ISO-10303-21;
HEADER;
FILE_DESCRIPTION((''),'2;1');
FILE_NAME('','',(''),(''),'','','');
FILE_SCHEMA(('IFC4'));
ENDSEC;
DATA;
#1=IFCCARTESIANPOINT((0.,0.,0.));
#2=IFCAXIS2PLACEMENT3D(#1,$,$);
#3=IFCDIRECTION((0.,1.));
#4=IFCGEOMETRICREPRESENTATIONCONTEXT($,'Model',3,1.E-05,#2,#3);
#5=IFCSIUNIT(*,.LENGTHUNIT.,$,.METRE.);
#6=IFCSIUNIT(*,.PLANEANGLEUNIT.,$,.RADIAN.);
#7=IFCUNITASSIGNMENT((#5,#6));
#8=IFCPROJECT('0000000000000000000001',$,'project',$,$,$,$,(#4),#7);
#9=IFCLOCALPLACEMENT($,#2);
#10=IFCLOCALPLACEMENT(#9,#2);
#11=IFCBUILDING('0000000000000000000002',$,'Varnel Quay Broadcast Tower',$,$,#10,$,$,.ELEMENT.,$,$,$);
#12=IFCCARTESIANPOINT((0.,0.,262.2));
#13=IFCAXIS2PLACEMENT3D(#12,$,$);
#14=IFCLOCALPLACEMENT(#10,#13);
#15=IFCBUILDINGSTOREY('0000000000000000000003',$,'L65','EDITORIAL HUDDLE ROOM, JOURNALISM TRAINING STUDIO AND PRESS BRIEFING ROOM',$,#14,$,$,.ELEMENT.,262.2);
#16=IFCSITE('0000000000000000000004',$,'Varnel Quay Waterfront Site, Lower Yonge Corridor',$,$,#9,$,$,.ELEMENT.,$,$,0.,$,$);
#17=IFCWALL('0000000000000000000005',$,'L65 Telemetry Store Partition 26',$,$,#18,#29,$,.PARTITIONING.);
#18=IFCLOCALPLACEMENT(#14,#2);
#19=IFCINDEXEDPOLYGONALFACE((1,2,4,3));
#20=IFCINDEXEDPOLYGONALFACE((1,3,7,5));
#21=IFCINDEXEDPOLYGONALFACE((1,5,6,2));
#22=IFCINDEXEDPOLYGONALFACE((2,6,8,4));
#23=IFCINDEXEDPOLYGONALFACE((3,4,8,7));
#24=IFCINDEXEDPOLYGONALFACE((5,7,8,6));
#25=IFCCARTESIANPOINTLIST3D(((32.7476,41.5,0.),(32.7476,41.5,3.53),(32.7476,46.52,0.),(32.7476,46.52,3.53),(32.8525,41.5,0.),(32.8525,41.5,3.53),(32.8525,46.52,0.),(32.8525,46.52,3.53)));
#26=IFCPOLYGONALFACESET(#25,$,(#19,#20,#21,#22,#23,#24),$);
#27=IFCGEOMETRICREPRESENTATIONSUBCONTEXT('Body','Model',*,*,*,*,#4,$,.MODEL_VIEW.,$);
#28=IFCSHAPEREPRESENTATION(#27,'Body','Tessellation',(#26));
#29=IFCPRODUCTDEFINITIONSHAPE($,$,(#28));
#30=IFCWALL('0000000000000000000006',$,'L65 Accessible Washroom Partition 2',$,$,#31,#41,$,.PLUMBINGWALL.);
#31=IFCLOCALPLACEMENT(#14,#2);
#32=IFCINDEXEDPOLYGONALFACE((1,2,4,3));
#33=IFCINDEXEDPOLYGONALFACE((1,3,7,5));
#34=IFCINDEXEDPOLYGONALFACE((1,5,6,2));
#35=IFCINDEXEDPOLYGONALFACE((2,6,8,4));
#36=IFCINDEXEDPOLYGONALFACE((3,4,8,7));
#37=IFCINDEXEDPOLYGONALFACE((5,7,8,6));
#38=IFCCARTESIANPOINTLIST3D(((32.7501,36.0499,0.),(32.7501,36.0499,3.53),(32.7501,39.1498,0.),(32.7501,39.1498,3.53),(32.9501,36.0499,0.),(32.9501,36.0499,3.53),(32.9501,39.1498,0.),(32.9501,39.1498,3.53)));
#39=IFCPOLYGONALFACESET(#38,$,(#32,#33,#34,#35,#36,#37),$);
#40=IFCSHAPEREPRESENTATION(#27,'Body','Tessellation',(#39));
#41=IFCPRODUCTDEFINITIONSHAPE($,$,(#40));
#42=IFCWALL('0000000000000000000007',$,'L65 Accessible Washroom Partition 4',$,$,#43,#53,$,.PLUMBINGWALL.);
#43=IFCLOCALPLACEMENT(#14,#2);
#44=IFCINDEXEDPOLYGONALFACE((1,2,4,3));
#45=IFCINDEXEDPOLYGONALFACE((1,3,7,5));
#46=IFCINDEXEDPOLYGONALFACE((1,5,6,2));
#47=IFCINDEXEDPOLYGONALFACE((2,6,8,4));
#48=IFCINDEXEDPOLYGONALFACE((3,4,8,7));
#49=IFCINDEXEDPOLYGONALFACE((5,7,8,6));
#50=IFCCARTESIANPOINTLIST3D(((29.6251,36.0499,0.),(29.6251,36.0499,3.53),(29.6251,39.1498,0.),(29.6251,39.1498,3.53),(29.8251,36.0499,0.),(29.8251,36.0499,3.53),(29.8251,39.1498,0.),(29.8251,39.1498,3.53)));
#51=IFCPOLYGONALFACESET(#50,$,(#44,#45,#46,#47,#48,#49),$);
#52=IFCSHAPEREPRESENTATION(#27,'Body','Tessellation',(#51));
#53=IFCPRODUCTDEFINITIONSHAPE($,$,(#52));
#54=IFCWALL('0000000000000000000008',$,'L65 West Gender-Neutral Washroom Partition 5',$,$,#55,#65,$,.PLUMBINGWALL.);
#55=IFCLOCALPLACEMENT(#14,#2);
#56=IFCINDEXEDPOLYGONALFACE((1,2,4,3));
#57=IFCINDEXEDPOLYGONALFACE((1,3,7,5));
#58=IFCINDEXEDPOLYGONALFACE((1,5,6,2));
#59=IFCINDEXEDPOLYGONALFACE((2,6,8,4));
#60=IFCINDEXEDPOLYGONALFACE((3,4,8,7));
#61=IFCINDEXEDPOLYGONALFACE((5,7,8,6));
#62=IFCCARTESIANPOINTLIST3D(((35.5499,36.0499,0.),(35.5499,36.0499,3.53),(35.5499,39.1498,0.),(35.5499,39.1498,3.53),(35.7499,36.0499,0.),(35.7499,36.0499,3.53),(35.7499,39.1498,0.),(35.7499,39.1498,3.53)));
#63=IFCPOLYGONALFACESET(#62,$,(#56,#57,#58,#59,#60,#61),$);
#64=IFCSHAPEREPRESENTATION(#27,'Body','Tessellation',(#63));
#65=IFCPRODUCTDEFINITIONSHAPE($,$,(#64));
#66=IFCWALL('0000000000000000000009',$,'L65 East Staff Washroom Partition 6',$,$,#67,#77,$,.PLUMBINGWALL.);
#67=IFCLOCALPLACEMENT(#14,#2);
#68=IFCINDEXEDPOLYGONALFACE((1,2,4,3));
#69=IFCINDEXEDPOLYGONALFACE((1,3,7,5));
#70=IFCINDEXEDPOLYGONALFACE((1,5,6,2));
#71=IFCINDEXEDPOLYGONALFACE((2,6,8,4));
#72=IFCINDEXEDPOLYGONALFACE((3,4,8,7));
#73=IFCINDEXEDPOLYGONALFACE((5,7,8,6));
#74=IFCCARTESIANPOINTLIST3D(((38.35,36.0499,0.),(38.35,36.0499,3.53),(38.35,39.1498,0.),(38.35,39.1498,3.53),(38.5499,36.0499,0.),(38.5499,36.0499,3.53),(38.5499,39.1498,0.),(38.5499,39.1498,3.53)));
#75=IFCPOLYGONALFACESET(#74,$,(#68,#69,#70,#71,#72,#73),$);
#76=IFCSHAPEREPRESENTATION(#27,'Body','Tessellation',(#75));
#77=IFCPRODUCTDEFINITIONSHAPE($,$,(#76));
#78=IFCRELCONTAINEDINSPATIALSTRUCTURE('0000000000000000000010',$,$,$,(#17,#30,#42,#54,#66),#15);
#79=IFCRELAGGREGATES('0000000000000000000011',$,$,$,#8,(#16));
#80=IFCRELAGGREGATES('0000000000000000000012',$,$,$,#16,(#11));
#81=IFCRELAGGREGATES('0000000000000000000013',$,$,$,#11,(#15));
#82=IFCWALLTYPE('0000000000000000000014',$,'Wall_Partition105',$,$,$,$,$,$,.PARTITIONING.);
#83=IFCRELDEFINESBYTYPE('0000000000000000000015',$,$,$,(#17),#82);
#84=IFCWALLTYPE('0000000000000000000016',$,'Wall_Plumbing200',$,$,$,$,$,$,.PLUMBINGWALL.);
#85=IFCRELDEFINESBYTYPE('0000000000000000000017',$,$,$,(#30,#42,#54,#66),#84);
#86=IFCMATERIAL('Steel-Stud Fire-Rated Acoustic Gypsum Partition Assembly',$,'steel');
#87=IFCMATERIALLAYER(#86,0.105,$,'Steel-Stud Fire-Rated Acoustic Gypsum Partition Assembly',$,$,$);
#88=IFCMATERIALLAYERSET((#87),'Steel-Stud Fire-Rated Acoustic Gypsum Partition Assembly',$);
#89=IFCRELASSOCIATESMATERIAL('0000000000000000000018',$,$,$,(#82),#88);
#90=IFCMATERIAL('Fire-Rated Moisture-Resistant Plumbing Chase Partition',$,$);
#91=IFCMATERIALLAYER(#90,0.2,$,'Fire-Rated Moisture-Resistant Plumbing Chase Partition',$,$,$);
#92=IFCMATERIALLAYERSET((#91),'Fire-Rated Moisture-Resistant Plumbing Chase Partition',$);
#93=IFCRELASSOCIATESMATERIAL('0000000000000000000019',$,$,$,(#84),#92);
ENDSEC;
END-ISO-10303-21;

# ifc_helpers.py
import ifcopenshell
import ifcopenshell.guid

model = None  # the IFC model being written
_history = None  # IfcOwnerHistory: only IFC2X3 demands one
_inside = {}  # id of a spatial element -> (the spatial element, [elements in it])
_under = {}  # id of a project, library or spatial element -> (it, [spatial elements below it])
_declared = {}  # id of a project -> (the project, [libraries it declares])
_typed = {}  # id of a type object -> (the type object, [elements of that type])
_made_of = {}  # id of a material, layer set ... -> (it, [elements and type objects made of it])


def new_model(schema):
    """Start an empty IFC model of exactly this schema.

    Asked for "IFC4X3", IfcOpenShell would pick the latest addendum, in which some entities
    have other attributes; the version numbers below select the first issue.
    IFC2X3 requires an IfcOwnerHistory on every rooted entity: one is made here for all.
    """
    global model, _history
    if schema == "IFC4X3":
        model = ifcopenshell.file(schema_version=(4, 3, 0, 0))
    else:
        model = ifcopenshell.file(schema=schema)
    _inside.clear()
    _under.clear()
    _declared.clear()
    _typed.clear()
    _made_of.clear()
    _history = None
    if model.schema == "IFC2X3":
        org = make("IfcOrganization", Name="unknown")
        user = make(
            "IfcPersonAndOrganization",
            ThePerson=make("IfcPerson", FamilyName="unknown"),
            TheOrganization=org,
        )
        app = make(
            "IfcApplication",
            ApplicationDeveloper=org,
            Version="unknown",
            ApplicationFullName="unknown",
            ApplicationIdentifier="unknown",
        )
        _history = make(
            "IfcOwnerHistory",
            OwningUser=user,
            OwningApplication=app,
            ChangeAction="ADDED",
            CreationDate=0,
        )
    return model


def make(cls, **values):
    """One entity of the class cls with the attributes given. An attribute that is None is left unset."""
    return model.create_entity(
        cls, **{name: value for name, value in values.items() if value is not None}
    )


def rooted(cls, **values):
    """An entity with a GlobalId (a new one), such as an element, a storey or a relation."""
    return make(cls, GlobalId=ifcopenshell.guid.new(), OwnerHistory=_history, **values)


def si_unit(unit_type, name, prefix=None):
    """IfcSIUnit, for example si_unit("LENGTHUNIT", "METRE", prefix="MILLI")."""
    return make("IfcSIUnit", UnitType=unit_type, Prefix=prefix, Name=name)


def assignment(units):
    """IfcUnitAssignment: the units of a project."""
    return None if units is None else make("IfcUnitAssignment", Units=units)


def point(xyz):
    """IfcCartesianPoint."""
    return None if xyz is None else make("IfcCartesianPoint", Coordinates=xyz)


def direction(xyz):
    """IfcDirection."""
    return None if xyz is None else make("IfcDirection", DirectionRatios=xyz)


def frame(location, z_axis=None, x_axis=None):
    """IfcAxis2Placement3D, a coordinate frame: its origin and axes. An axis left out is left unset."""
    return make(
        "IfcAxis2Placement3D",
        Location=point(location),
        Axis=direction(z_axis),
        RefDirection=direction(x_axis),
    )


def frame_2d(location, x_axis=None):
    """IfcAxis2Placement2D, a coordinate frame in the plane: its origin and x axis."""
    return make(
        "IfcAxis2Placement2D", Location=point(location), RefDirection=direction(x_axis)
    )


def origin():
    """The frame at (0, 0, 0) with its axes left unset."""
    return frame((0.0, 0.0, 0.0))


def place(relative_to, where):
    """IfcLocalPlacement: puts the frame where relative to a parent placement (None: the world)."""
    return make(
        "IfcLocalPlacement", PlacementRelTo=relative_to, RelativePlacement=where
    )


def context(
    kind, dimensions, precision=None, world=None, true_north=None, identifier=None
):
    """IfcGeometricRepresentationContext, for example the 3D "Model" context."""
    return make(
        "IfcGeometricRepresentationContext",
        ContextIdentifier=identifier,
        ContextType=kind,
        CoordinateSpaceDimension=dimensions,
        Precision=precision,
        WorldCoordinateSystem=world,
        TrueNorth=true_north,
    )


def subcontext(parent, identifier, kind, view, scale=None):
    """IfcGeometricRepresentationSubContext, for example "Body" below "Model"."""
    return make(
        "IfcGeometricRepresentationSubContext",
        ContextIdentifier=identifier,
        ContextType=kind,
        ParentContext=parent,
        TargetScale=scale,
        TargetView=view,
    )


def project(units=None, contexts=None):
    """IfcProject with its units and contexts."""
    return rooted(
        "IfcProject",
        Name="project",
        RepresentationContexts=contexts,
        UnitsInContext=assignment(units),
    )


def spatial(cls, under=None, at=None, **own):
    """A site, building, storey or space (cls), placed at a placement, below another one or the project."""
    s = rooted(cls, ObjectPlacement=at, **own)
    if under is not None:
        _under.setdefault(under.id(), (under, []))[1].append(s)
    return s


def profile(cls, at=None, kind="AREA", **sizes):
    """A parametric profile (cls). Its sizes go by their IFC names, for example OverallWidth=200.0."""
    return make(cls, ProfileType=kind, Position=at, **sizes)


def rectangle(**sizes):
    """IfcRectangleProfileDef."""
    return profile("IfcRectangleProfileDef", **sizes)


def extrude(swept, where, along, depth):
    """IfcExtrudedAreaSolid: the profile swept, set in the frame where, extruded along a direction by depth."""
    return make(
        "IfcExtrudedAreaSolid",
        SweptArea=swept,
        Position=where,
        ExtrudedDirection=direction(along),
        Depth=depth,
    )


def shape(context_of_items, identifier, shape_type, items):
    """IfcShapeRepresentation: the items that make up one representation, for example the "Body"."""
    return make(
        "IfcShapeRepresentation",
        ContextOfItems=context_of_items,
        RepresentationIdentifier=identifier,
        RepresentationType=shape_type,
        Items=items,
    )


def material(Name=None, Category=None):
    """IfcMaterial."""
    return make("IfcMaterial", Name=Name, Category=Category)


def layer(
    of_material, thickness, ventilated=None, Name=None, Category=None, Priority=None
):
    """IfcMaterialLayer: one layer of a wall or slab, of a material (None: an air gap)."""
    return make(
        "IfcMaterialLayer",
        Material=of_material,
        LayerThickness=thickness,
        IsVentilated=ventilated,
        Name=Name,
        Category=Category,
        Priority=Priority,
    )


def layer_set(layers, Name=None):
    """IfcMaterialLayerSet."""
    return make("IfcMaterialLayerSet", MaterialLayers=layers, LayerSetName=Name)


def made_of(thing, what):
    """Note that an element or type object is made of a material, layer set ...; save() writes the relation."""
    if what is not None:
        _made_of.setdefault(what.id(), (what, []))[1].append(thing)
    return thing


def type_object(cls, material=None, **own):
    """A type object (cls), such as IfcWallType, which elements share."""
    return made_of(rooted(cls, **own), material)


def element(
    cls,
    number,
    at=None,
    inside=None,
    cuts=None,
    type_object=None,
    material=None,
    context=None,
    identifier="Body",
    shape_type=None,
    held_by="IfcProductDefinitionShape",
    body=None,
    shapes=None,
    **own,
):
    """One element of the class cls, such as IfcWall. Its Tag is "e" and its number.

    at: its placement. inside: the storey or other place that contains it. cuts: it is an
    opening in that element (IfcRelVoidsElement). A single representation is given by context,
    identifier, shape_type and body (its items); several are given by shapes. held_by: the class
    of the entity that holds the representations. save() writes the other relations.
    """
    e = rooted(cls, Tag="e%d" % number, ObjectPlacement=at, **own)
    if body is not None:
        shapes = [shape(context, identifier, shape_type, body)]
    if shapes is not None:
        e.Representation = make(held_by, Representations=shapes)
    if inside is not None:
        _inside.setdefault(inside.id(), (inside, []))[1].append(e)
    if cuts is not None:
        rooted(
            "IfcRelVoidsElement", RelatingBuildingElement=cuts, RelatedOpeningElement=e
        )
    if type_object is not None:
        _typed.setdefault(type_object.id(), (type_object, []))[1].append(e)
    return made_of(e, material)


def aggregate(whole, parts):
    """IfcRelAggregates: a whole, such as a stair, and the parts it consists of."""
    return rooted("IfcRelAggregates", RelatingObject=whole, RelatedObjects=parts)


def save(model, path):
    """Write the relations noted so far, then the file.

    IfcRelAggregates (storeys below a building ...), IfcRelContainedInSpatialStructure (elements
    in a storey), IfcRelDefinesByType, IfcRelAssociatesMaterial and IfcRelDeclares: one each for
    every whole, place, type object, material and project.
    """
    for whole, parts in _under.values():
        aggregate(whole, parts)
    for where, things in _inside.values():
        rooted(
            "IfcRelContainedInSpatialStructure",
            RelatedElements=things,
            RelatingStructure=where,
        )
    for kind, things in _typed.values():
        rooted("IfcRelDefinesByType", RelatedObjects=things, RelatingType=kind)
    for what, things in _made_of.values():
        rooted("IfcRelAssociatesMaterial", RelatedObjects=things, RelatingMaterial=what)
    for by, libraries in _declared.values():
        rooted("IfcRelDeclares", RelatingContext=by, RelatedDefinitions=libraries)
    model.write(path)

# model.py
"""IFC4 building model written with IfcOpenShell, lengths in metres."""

from ifc_helpers import new_model, si_unit, direction, frame, frame_2d, origin, place, context, subcontext, project, spatial, rectangle, extrude, material, layer, layer_set, type_object, element, save


model = new_model("IFC4")

# Units and contexts
model_context = context("Model", 3, precision=1e-05, world=origin(), true_north=direction((0.0, 1.0)))
body_context = subcontext(model_context, "Body", "Model", "MODEL_VIEW")
ifc_project = project(units=[si_unit("LENGTHUNIT", "METRE"), si_unit("PLANEANGLEUNIT", "RADIAN")], contexts=[model_context])

# Site, building, storey
site_placement = place(None, origin())
site = spatial("IfcSite", under=ifc_project, at=site_placement, Name="Varnel Quay Waterfront Site, Lower Yonge Corridor", CompositionType="ELEMENT", RefElevation=0.0)
building_placement = place(site_placement, origin())
building = spatial("IfcBuilding", under=site, at=building_placement, Name="Varnel Quay Broadcast Tower", CompositionType="ELEMENT")
storey_placement = place(building_placement, frame((0.0, 0.0, 262.2)))
storey = spatial("IfcBuildingStorey", under=building, at=storey_placement, Name="L65", Description="EDITORIAL HUDDLE ROOM, JOURNALISM TRAINING STUDIO AND PRESS BRIEFING ROOM", CompositionType="ELEMENT", Elevation=262.2)

# Walls
ifc_material_1 = material(Name="Steel-Stud Fire-Rated Acoustic Gypsum Partition Assembly", Category="steel")
ifc_layer_1 = layer(ifc_material_1, 0.105, Name="Steel-Stud Fire-Rated Acoustic Gypsum Partition Assembly")
ifc_layer_set_1 = layer_set([ifc_layer_1], Name="Steel-Stud Fire-Rated Acoustic Gypsum Partition Assembly")
wall_type_1 = type_object("IfcWallType", Name="Wall_Partition105", PredefinedType="PARTITIONING", material=ifc_layer_set_1)
wall_1_placement = place(storey_placement, frame((32.8, 41.5, 0.0), z_axis=(0.0, 0.0, 1.0), x_axis=(0.0, 1.0, 0.0)))
element("IfcWall", 1, at=wall_1_placement, inside=storey, type_object=wall_type_1, Name="L65 Telemetry Store Partition 26", PredefinedType="PARTITIONING", context=body_context, shape_type="SweptSolid", body=[
    extrude(rectangle(XDim=5.02, YDim=0.105, at=frame_2d((2.51, 0.0))), origin(), (0.0, 0.0, 1.0), 3.53),
])
ifc_material_2 = material(Name="Fire-Rated Moisture-Resistant Plumbing Chase Partition")
ifc_layer_2 = layer(ifc_material_2, 0.2, Name="Fire-Rated Moisture-Resistant Plumbing Chase Partition")
ifc_layer_set_2 = layer_set([ifc_layer_2], Name="Fire-Rated Moisture-Resistant Plumbing Chase Partition")
wall_type_2 = type_object("IfcWallType", Name="Wall_Plumbing200", PredefinedType="PLUMBINGWALL", material=ifc_layer_set_2)
for number, where, z_axis, x_axis, name in (
    (2, (32.8501, 36.05, 0.0), (0.0, 0.0, 1.0), (0.0, 1.0, 0.0), "L65 Accessible Washroom Partition 2"),
    (3, (29.7251, 36.05, 0.0), (0.0, 0.0, 1.0), (0.0, 1.0, 0.0), "L65 Accessible Washroom Partition 4"),
    (4, (35.6499, 36.05, 0.0), (0.0, 0.0, 1.0), (0.0, 1.0, 0.0), "L65 West Gender-Neutral Washroom Partition 5"),
    (5, (38.45, 36.05, 0.0), (0.0, 0.0, 1.0), (0.0, 1.0, 0.0), "L65 East Staff Washroom Partition 6"),
):
    element("IfcWall", number, at=place(storey_placement, frame(where, z_axis=z_axis, x_axis=x_axis)), inside=storey, type_object=wall_type_2, Name=name, PredefinedType="PLUMBINGWALL", context=body_context, shape_type="SweptSolid", body=[
        extrude(rectangle(XDim=3.0999, YDim=0.2, at=frame_2d((1.5498, 0.0))), origin(), (0.0, 0.0, 1.0), 3.53),
    ])

save(model, "model.ifc")
